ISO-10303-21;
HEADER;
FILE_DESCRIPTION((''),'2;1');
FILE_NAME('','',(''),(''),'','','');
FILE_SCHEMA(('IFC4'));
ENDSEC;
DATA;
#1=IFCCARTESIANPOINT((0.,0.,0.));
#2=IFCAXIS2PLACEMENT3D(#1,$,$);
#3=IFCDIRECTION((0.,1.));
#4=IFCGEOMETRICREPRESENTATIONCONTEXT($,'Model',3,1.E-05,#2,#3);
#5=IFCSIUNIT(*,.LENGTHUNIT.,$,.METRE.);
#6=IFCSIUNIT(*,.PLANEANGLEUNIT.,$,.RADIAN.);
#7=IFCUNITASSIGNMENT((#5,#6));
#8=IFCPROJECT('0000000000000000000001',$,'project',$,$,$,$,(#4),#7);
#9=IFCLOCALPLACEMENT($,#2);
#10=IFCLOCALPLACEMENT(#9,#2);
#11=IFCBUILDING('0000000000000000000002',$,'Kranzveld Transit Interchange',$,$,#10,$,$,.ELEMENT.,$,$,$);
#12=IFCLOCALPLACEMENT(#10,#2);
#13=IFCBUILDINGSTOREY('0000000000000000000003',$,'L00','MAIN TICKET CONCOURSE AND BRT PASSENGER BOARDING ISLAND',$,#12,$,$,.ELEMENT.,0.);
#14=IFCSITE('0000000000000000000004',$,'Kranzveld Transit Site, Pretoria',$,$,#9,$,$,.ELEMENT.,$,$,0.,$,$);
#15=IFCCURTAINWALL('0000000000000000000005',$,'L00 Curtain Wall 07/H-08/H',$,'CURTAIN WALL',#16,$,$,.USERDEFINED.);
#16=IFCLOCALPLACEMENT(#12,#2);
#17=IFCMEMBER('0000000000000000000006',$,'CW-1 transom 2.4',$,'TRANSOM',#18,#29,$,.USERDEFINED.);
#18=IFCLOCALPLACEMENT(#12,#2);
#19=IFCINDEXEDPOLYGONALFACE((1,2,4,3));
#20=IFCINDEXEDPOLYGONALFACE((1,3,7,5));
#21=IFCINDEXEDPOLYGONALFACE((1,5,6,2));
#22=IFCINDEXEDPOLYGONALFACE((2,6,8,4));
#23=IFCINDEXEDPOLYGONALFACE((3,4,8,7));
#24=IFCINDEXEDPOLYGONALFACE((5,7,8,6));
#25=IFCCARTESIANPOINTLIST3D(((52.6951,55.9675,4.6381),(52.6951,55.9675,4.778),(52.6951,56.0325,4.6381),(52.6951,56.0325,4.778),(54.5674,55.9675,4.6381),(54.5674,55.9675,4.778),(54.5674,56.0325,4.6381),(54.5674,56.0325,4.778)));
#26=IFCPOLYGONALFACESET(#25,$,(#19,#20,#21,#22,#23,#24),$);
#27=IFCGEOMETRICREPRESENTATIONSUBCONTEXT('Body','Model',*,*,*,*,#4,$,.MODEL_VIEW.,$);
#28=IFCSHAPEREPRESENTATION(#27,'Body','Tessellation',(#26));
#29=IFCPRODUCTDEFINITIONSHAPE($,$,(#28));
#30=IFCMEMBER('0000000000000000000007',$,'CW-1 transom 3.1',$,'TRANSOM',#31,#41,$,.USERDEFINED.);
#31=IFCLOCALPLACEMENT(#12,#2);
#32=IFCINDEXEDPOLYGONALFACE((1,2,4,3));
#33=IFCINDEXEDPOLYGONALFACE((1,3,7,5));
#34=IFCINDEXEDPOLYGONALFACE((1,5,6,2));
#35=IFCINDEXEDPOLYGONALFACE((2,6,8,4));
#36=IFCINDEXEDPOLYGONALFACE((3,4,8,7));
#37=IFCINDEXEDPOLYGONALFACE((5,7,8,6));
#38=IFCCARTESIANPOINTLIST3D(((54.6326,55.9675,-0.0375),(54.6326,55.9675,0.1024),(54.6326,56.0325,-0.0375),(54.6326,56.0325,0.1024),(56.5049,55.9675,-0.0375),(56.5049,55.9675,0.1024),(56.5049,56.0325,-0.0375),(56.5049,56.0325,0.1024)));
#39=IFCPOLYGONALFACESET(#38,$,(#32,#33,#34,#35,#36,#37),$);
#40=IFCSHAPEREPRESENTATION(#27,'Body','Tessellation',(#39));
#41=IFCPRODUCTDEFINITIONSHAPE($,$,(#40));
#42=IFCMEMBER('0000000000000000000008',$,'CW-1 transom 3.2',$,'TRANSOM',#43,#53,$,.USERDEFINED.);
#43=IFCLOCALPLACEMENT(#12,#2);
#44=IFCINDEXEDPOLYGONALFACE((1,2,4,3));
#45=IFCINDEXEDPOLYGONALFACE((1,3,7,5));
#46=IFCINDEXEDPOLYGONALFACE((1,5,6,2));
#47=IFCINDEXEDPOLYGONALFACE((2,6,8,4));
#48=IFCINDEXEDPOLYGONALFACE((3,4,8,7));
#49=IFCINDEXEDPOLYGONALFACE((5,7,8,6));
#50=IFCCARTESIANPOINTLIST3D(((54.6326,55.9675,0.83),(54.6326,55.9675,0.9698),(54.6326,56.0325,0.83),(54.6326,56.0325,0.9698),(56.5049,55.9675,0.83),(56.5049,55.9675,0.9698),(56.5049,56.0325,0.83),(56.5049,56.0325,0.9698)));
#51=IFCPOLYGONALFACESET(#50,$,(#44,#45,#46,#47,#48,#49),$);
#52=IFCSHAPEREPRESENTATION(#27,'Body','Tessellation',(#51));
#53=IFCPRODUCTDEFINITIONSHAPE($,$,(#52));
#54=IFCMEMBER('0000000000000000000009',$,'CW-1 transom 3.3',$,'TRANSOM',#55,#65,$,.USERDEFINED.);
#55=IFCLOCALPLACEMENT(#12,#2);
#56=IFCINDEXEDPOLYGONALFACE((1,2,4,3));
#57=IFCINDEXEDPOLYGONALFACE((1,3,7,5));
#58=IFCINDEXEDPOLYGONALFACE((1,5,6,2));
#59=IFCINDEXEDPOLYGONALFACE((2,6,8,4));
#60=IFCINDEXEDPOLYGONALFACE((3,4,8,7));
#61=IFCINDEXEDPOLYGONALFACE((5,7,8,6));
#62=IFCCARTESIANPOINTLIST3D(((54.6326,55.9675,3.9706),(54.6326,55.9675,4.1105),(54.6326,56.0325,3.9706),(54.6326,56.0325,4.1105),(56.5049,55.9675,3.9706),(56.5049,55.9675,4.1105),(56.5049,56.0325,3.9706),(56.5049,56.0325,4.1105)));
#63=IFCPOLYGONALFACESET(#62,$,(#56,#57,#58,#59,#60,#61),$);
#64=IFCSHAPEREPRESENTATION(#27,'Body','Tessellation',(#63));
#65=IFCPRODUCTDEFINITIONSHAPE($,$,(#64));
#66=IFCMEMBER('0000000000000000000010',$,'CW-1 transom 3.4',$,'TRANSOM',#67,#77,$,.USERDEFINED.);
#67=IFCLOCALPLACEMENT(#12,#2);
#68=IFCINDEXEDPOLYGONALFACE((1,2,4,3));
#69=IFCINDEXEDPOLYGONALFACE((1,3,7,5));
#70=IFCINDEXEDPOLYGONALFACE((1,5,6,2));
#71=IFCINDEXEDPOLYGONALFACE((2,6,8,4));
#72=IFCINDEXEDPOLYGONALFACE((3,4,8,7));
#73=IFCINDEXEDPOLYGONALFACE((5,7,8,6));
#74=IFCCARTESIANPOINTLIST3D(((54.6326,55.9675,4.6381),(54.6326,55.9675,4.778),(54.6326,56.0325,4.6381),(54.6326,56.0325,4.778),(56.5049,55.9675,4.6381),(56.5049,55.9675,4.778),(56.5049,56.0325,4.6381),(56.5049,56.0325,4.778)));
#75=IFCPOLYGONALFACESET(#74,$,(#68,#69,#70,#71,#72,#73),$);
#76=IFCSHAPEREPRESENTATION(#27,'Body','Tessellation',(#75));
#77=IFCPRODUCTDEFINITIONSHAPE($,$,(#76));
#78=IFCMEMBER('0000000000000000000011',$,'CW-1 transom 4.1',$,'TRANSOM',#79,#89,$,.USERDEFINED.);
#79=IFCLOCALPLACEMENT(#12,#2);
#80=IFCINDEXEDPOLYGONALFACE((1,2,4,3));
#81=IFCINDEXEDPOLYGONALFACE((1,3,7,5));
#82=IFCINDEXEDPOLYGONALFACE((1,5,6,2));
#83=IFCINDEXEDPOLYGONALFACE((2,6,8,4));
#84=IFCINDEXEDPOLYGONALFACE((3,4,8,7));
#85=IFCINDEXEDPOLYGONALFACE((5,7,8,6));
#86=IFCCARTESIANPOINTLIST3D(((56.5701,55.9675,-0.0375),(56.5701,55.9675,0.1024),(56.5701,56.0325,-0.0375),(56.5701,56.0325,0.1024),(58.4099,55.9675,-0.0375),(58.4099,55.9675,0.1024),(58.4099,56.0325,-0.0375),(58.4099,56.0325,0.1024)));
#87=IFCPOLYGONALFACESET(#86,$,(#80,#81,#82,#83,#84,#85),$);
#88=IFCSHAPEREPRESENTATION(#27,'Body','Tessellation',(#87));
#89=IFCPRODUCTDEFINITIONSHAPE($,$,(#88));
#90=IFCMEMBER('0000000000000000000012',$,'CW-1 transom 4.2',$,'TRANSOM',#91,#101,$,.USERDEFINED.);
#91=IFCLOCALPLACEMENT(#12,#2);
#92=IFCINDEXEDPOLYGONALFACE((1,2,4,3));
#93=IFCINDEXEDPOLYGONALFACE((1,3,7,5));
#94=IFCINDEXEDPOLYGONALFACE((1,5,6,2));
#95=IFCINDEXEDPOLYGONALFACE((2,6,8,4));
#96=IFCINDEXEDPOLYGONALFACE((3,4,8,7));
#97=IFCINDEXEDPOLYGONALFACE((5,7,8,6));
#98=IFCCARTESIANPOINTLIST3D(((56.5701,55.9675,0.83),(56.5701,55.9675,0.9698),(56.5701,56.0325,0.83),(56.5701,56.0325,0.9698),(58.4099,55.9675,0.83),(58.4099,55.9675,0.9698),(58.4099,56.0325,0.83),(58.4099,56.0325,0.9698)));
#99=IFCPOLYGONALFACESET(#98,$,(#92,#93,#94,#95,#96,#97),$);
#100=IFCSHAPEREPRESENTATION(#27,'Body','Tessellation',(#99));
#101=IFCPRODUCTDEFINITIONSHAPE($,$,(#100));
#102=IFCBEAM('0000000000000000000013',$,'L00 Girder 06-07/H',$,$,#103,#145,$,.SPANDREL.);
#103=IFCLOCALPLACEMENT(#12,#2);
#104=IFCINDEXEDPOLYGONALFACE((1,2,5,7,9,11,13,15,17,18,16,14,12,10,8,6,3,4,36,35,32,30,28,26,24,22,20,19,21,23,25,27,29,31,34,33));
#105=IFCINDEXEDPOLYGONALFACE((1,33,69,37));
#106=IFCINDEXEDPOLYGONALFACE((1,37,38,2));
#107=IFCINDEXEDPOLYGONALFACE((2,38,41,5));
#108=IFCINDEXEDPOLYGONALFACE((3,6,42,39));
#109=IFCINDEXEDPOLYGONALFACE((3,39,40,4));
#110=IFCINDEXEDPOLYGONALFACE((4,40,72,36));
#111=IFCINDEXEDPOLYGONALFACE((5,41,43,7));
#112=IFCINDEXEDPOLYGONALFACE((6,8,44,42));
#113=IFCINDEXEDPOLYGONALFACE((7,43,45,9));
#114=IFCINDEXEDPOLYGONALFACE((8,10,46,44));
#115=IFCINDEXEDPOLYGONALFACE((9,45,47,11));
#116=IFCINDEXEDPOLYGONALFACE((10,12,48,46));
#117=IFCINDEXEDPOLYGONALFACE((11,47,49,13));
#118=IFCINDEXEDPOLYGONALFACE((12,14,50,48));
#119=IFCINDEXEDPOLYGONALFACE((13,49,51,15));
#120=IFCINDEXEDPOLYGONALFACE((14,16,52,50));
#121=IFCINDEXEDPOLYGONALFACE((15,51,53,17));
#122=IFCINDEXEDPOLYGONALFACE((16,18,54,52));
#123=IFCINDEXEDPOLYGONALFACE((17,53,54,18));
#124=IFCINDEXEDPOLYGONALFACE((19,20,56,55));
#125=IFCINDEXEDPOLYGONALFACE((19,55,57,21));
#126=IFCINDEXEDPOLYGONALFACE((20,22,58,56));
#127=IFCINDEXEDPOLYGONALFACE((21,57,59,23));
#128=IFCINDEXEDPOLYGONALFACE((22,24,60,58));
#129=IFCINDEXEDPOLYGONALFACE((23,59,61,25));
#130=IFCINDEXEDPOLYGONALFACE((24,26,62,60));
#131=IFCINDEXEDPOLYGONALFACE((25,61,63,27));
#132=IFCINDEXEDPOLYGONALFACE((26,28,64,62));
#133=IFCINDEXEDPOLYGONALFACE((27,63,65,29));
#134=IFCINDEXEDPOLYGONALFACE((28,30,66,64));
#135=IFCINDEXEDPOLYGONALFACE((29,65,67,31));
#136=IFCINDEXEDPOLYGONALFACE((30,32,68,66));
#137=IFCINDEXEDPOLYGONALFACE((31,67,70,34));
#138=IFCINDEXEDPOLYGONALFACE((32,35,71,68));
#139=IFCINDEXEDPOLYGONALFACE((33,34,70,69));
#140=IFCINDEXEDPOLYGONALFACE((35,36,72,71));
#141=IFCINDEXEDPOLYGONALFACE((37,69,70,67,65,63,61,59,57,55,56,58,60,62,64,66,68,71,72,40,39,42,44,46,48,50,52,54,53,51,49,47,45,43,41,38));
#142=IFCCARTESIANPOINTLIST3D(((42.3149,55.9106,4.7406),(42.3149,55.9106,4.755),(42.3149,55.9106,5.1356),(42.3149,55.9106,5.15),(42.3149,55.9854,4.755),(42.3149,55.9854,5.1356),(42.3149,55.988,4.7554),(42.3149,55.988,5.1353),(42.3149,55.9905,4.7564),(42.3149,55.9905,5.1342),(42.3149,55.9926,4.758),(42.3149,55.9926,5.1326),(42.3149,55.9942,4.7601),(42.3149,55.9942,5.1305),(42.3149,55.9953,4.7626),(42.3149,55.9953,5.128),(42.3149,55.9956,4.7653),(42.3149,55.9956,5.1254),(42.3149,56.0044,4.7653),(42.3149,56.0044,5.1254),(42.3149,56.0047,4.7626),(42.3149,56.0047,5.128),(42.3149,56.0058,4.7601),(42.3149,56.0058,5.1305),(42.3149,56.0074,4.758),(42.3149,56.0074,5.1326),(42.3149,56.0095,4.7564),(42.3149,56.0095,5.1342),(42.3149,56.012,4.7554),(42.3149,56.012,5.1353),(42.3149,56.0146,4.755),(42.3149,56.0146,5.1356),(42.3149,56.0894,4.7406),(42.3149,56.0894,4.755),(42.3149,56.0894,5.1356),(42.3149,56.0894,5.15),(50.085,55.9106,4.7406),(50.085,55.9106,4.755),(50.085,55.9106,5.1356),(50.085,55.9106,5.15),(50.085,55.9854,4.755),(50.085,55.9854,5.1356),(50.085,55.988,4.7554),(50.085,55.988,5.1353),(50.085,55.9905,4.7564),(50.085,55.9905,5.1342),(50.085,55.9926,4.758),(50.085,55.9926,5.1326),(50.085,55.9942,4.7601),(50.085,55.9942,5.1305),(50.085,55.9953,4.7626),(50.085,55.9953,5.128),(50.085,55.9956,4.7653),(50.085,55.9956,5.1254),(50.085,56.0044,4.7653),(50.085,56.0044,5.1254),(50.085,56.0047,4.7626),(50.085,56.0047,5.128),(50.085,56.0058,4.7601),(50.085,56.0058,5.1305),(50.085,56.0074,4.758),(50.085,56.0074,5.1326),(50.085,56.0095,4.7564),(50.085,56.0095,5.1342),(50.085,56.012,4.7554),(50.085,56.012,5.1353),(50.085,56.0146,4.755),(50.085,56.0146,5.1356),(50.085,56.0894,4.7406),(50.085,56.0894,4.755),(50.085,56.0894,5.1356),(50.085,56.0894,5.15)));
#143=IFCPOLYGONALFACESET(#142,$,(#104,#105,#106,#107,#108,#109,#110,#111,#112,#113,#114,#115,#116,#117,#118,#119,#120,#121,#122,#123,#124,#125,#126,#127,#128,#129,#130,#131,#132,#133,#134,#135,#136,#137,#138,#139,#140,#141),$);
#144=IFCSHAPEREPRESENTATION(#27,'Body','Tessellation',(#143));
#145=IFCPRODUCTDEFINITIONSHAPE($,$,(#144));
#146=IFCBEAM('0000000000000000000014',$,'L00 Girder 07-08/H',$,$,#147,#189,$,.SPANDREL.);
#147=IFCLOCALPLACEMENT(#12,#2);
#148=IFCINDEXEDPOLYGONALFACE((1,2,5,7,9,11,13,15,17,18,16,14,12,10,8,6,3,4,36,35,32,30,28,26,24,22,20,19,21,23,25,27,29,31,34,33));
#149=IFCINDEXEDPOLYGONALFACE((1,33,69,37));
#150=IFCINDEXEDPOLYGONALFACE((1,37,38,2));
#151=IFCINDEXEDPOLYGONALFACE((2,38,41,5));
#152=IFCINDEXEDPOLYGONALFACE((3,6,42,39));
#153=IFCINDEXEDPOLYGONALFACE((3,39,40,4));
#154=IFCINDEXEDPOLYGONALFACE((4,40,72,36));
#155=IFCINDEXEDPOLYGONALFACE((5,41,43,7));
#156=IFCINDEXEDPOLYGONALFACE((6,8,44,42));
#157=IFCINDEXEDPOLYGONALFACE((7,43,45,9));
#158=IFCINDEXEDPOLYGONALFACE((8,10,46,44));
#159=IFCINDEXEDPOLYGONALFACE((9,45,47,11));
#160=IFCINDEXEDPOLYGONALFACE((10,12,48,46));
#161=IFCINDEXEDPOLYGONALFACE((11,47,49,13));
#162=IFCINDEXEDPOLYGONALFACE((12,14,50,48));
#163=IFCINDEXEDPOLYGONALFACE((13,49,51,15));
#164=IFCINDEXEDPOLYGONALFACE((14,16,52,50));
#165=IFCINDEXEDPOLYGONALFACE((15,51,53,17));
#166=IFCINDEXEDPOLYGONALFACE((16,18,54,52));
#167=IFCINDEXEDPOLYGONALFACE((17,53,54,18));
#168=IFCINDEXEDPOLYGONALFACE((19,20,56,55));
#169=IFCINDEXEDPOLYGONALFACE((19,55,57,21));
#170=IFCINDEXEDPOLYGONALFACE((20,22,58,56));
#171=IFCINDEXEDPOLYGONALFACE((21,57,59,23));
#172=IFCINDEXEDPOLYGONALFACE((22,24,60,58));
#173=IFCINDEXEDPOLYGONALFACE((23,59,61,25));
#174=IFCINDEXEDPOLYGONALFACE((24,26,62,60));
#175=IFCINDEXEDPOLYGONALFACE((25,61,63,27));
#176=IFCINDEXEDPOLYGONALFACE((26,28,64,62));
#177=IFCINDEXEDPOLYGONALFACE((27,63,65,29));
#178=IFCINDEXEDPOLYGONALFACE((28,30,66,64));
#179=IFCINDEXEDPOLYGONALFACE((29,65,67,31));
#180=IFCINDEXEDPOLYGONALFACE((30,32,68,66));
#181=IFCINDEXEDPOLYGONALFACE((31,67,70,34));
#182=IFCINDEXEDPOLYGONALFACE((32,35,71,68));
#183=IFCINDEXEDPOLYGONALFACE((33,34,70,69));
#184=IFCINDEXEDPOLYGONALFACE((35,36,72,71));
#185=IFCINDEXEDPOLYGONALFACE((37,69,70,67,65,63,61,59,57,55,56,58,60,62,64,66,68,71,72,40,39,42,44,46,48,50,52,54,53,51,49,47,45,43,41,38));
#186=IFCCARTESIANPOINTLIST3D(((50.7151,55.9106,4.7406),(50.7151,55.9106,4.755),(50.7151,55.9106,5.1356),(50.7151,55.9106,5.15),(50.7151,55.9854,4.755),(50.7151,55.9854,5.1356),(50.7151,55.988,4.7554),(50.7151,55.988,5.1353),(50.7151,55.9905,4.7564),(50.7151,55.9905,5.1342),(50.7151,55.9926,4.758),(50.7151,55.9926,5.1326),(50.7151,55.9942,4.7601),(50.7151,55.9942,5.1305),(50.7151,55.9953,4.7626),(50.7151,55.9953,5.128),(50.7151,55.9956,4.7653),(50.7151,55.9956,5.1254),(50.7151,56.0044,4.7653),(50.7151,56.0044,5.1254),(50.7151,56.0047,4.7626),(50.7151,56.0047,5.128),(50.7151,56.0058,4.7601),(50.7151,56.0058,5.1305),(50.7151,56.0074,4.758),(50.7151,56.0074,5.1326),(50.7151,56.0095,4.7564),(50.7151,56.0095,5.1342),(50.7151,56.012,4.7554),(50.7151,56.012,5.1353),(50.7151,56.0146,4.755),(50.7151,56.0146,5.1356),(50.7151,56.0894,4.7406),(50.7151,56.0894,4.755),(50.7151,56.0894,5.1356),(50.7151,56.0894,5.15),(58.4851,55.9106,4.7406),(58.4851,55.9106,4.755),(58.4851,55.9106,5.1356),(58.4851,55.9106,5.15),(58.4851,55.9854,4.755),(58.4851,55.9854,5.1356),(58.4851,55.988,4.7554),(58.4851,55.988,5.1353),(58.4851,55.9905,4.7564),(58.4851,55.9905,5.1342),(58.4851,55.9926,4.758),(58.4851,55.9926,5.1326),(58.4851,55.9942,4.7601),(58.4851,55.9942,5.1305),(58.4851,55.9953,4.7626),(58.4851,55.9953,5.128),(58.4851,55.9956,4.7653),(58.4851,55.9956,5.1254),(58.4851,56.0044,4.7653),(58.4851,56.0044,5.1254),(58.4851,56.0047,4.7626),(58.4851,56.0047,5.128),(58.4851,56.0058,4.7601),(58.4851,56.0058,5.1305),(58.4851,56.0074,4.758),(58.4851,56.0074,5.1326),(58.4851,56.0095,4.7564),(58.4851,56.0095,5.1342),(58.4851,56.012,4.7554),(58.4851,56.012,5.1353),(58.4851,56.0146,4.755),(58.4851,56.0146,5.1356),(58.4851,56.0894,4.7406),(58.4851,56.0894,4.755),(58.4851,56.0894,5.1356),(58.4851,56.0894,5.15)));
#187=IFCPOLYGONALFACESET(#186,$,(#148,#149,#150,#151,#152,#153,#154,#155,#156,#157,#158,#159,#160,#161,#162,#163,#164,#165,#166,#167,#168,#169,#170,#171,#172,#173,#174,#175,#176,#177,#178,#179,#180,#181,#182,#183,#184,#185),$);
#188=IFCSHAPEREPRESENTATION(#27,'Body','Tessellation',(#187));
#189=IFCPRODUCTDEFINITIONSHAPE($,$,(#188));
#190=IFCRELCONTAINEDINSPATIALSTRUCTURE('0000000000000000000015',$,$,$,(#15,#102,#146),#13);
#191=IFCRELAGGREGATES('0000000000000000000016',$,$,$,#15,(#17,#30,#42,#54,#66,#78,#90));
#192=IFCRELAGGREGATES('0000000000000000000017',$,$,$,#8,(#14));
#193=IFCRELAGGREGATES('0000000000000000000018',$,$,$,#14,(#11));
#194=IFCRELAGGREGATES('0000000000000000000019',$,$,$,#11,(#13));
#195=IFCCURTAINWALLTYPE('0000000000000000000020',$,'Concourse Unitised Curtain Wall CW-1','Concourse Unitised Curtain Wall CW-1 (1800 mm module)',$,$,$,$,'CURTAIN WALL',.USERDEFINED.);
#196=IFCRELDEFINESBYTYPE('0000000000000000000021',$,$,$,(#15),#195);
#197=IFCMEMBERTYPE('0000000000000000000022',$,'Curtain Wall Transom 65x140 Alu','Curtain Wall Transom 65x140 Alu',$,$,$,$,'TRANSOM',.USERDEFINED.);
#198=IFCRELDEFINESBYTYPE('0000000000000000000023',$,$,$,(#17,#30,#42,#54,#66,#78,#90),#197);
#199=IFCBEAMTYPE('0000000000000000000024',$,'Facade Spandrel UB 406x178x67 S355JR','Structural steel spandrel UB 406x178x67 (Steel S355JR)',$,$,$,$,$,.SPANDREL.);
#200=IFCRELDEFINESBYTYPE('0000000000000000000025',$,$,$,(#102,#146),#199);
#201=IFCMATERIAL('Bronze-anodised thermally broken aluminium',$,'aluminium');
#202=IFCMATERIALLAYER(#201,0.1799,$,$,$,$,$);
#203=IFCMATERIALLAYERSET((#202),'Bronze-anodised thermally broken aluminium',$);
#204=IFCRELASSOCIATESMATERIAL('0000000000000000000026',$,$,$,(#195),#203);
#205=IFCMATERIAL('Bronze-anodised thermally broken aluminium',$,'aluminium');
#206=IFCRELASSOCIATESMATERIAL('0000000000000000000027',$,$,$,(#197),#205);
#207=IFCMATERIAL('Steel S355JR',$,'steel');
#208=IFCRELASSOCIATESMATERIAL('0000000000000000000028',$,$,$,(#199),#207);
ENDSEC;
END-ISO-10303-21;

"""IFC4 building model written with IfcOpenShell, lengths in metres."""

from ifc_helpers import new_model, si_unit, direction, frame, origin, origin_2d, place, context, subcontext, project, spatial, rectangle, i_section, extrude, material, layer, layer_set, material_profile, profile_set, type_object, element, aggregate, save


model = new_model("IFC4")

# Units and contexts
model_context = context("Model", 3, precision=1e-05, world=origin(), true_north=direction((0.0, 1.0)))
body_context = subcontext(model_context, "Body", "Model", "MODEL_VIEW")
ifc_project = project(units=[si_unit("LENGTHUNIT", "METRE"), si_unit("PLANEANGLEUNIT", "RADIAN")], contexts=[model_context])

# Site, building, storey
site_placement = place(None, origin())
site = spatial("IfcSite", under=ifc_project, at=site_placement, Name="Kranzveld Transit Site, Pretoria", CompositionType="ELEMENT", RefElevation=0.0)
building_placement = place(site_placement, origin())
building = spatial("IfcBuilding", under=site, at=building_placement, Name="Kranzveld Transit Interchange", CompositionType="ELEMENT")
storey_placement = place(building_placement, origin())
storey = spatial("IfcBuildingStorey", under=building, at=storey_placement, Name="L00", Description="MAIN TICKET CONCOURSE AND BRT PASSENGER BOARDING ISLAND", CompositionType="ELEMENT", Elevation=0.0)

# Curtain wall, members
ifc_material_1 = material(Name="Bronze-anodised thermally broken aluminium", Category="aluminium")
ifc_layer_1 = layer(ifc_material_1, 0.1799)
ifc_layer_set_1 = layer_set([ifc_layer_1], Name="Bronze-anodised thermally broken aluminium")
curtain_wall_type = type_object("IfcCurtainWallType", Name="Concourse Unitised Curtain Wall CW-1", Description="Concourse Unitised Curtain Wall CW-1 (1800 mm module)", ElementType="CURTAIN WALL", PredefinedType="USERDEFINED", material=ifc_layer_set_1)
curtain_wall_placement = place(storey_placement, origin())
curtain_wall = element("IfcCurtainWall", 1, at=curtain_wall_placement, inside=storey, type_object=curtain_wall_type, Name="L00 Curtain Wall 07/H-08/H", ObjectType="CURTAIN WALL", PredefinedType="USERDEFINED")
ifc_material_2 = material(Name="Bronze-anodised thermally broken aluminium", Category="aluminium")
ifc_material_profile_1 = material_profile(ifc_material_2, rectangle(XDim=0.0649, YDim=0.1399, at=origin_2d()), Name="ALU TRANSOM 65x140")
ifc_profile_set_1 = profile_set([ifc_material_profile_1], Name="Bronze-anodised thermally broken aluminium")
member_type_1 = type_object("IfcMemberType", Name="Curtain Wall Transom 65x140 Alu", Description="Curtain Wall Transom 65x140 Alu", ElementType="TRANSOM", PredefinedType="USERDEFINED", material=ifc_profile_set_1)
member_1_placement = place(storey_placement, frame((52.6951, 56.0, 4.708), z_axis=(1.0, 0.0, 0.0), x_axis=(0.0, 1.0, 0.0)))
member_1 = element("IfcMember", 2, at=member_1_placement, type_object=member_type_1, Name="CW-1 transom 2.4", ObjectType="TRANSOM", PredefinedType="USERDEFINED", context=body_context, shape_type="SweptSolid", body=[
    extrude(rectangle(XDim=0.0649, YDim=0.1399, at=origin_2d()), origin(), (0.0, 0.0, 1.0), 1.8723),
])
member_2_placement = place(storey_placement, frame((54.6326, 56.0, 0.0325), z_axis=(1.0, 0.0, 0.0), x_axis=(0.0, 1.0, 0.0)))
member_2 = element("IfcMember", 3, at=member_2_placement, type_object=member_type_1, Name="CW-1 transom 3.1", ObjectType="TRANSOM", PredefinedType="USERDEFINED", context=body_context, shape_type="SweptSolid", body=[
    extrude(rectangle(XDim=0.0649, YDim=0.1399, at=origin_2d()), origin(), (0.0, 0.0, 1.0), 1.8723),
])
member_3_placement = place(storey_placement, frame((54.6326, 56.0, 0.8999), z_axis=(1.0, 0.0, 0.0), x_axis=(0.0, 1.0, 0.0)))
member_3 = element("IfcMember", 4, at=member_3_placement, type_object=member_type_1, Name="CW-1 transom 3.2", ObjectType="TRANSOM", PredefinedType="USERDEFINED", context=body_context, shape_type="SweptSolid", body=[
    extrude(rectangle(XDim=0.0649, YDim=0.1399, at=origin_2d()), origin(), (0.0, 0.0, 1.0), 1.8723),
])
member_4_placement = place(storey_placement, frame((54.6326, 56.0, 4.0405), z_axis=(1.0, 0.0, 0.0), x_axis=(0.0, 1.0, 0.0)))
member_4 = element("IfcMember", 5, at=member_4_placement, type_object=member_type_1, Name="CW-1 transom 3.3", ObjectType="TRANSOM", PredefinedType="USERDEFINED", context=body_context, shape_type="SweptSolid", body=[
    extrude(rectangle(XDim=0.0649, YDim=0.1399, at=origin_2d()), origin(), (0.0, 0.0, 1.0), 1.8723),
])
member_5_placement = place(storey_placement, frame((54.6326, 56.0, 4.708), z_axis=(1.0, 0.0, 0.0), x_axis=(0.0, 1.0, 0.0)))
member_5 = element("IfcMember", 6, at=member_5_placement, type_object=member_type_1, Name="CW-1 transom 3.4", ObjectType="TRANSOM", PredefinedType="USERDEFINED", context=body_context, shape_type="SweptSolid", body=[
    extrude(rectangle(XDim=0.0649, YDim=0.1399, at=origin_2d()), origin(), (0.0, 0.0, 1.0), 1.8723),
])
member_6_placement = place(storey_placement, frame((56.5701, 56.0, 0.0325), z_axis=(1.0, 0.0, 0.0), x_axis=(0.0, 1.0, 0.0)))
member_6 = element("IfcMember", 7, at=member_6_placement, type_object=member_type_1, Name="CW-1 transom 4.1", ObjectType="TRANSOM", PredefinedType="USERDEFINED", context=body_context, shape_type="SweptSolid", body=[
    extrude(rectangle(XDim=0.0649, YDim=0.1399, at=origin_2d()), origin(), (0.0, 0.0, 1.0), 1.8398),
])
member_7_placement = place(storey_placement, frame((56.5701, 56.0, 0.8999), z_axis=(1.0, 0.0, 0.0), x_axis=(0.0, 1.0, 0.0)))
member_7 = element("IfcMember", 8, at=member_7_placement, type_object=member_type_1, Name="CW-1 transom 4.2", ObjectType="TRANSOM", PredefinedType="USERDEFINED", context=body_context, shape_type="SweptSolid", body=[
    extrude(rectangle(XDim=0.0649, YDim=0.1399, at=origin_2d()), origin(), (0.0, 0.0, 1.0), 1.8398),
])

# Beams
ifc_material_3 = material(Name="Steel S355JR", Category="steel")
ifc_material_profile_2 = material_profile(ifc_material_3, i_section(OverallWidth=0.1787, OverallDepth=0.4094, WebThickness=0.0088, FlangeThickness=0.0144, FilletRadius=0.0103, at=origin_2d()), Name="UB 406x178x67")
ifc_profile_set_2 = profile_set([ifc_material_profile_2], Name="Steel S355JR")
beam_type_1 = type_object("IfcBeamType", Name="Facade Spandrel UB 406x178x67 S355JR", Description="Structural steel spandrel UB 406x178x67 (Steel S355JR)", PredefinedType="SPANDREL", material=ifc_profile_set_2)
for number, where, z_axis, x_axis, name in (
    (9, (42.3149, 56.0, 4.9453), (1.0, 0.0, 0.0), (0.0, 1.0, 0.0), "L00 Girder 06-07/H"),
    (10, (50.7151, 56.0, 4.9453), (1.0, 0.0, 0.0), (0.0, 1.0, 0.0), "L00 Girder 07-08/H"),
):
    element("IfcBeam", number, at=place(storey_placement, frame(where, z_axis=z_axis, x_axis=x_axis)), inside=storey, type_object=beam_type_1, Name=name, PredefinedType="SPANDREL", context=body_context, shape_type="SweptSolid", body=[
        extrude(i_section(OverallWidth=0.1787, OverallDepth=0.4094, WebThickness=0.0088, FlangeThickness=0.0144, FilletRadius=0.0103, at=origin_2d()), origin(), (0.0, 0.0, 1.0), 7.77),
    ])

aggregate(curtain_wall, [member_1, member_2, member_3, member_4, member_5, member_6, member_7])

save(model, "model.ifc")
